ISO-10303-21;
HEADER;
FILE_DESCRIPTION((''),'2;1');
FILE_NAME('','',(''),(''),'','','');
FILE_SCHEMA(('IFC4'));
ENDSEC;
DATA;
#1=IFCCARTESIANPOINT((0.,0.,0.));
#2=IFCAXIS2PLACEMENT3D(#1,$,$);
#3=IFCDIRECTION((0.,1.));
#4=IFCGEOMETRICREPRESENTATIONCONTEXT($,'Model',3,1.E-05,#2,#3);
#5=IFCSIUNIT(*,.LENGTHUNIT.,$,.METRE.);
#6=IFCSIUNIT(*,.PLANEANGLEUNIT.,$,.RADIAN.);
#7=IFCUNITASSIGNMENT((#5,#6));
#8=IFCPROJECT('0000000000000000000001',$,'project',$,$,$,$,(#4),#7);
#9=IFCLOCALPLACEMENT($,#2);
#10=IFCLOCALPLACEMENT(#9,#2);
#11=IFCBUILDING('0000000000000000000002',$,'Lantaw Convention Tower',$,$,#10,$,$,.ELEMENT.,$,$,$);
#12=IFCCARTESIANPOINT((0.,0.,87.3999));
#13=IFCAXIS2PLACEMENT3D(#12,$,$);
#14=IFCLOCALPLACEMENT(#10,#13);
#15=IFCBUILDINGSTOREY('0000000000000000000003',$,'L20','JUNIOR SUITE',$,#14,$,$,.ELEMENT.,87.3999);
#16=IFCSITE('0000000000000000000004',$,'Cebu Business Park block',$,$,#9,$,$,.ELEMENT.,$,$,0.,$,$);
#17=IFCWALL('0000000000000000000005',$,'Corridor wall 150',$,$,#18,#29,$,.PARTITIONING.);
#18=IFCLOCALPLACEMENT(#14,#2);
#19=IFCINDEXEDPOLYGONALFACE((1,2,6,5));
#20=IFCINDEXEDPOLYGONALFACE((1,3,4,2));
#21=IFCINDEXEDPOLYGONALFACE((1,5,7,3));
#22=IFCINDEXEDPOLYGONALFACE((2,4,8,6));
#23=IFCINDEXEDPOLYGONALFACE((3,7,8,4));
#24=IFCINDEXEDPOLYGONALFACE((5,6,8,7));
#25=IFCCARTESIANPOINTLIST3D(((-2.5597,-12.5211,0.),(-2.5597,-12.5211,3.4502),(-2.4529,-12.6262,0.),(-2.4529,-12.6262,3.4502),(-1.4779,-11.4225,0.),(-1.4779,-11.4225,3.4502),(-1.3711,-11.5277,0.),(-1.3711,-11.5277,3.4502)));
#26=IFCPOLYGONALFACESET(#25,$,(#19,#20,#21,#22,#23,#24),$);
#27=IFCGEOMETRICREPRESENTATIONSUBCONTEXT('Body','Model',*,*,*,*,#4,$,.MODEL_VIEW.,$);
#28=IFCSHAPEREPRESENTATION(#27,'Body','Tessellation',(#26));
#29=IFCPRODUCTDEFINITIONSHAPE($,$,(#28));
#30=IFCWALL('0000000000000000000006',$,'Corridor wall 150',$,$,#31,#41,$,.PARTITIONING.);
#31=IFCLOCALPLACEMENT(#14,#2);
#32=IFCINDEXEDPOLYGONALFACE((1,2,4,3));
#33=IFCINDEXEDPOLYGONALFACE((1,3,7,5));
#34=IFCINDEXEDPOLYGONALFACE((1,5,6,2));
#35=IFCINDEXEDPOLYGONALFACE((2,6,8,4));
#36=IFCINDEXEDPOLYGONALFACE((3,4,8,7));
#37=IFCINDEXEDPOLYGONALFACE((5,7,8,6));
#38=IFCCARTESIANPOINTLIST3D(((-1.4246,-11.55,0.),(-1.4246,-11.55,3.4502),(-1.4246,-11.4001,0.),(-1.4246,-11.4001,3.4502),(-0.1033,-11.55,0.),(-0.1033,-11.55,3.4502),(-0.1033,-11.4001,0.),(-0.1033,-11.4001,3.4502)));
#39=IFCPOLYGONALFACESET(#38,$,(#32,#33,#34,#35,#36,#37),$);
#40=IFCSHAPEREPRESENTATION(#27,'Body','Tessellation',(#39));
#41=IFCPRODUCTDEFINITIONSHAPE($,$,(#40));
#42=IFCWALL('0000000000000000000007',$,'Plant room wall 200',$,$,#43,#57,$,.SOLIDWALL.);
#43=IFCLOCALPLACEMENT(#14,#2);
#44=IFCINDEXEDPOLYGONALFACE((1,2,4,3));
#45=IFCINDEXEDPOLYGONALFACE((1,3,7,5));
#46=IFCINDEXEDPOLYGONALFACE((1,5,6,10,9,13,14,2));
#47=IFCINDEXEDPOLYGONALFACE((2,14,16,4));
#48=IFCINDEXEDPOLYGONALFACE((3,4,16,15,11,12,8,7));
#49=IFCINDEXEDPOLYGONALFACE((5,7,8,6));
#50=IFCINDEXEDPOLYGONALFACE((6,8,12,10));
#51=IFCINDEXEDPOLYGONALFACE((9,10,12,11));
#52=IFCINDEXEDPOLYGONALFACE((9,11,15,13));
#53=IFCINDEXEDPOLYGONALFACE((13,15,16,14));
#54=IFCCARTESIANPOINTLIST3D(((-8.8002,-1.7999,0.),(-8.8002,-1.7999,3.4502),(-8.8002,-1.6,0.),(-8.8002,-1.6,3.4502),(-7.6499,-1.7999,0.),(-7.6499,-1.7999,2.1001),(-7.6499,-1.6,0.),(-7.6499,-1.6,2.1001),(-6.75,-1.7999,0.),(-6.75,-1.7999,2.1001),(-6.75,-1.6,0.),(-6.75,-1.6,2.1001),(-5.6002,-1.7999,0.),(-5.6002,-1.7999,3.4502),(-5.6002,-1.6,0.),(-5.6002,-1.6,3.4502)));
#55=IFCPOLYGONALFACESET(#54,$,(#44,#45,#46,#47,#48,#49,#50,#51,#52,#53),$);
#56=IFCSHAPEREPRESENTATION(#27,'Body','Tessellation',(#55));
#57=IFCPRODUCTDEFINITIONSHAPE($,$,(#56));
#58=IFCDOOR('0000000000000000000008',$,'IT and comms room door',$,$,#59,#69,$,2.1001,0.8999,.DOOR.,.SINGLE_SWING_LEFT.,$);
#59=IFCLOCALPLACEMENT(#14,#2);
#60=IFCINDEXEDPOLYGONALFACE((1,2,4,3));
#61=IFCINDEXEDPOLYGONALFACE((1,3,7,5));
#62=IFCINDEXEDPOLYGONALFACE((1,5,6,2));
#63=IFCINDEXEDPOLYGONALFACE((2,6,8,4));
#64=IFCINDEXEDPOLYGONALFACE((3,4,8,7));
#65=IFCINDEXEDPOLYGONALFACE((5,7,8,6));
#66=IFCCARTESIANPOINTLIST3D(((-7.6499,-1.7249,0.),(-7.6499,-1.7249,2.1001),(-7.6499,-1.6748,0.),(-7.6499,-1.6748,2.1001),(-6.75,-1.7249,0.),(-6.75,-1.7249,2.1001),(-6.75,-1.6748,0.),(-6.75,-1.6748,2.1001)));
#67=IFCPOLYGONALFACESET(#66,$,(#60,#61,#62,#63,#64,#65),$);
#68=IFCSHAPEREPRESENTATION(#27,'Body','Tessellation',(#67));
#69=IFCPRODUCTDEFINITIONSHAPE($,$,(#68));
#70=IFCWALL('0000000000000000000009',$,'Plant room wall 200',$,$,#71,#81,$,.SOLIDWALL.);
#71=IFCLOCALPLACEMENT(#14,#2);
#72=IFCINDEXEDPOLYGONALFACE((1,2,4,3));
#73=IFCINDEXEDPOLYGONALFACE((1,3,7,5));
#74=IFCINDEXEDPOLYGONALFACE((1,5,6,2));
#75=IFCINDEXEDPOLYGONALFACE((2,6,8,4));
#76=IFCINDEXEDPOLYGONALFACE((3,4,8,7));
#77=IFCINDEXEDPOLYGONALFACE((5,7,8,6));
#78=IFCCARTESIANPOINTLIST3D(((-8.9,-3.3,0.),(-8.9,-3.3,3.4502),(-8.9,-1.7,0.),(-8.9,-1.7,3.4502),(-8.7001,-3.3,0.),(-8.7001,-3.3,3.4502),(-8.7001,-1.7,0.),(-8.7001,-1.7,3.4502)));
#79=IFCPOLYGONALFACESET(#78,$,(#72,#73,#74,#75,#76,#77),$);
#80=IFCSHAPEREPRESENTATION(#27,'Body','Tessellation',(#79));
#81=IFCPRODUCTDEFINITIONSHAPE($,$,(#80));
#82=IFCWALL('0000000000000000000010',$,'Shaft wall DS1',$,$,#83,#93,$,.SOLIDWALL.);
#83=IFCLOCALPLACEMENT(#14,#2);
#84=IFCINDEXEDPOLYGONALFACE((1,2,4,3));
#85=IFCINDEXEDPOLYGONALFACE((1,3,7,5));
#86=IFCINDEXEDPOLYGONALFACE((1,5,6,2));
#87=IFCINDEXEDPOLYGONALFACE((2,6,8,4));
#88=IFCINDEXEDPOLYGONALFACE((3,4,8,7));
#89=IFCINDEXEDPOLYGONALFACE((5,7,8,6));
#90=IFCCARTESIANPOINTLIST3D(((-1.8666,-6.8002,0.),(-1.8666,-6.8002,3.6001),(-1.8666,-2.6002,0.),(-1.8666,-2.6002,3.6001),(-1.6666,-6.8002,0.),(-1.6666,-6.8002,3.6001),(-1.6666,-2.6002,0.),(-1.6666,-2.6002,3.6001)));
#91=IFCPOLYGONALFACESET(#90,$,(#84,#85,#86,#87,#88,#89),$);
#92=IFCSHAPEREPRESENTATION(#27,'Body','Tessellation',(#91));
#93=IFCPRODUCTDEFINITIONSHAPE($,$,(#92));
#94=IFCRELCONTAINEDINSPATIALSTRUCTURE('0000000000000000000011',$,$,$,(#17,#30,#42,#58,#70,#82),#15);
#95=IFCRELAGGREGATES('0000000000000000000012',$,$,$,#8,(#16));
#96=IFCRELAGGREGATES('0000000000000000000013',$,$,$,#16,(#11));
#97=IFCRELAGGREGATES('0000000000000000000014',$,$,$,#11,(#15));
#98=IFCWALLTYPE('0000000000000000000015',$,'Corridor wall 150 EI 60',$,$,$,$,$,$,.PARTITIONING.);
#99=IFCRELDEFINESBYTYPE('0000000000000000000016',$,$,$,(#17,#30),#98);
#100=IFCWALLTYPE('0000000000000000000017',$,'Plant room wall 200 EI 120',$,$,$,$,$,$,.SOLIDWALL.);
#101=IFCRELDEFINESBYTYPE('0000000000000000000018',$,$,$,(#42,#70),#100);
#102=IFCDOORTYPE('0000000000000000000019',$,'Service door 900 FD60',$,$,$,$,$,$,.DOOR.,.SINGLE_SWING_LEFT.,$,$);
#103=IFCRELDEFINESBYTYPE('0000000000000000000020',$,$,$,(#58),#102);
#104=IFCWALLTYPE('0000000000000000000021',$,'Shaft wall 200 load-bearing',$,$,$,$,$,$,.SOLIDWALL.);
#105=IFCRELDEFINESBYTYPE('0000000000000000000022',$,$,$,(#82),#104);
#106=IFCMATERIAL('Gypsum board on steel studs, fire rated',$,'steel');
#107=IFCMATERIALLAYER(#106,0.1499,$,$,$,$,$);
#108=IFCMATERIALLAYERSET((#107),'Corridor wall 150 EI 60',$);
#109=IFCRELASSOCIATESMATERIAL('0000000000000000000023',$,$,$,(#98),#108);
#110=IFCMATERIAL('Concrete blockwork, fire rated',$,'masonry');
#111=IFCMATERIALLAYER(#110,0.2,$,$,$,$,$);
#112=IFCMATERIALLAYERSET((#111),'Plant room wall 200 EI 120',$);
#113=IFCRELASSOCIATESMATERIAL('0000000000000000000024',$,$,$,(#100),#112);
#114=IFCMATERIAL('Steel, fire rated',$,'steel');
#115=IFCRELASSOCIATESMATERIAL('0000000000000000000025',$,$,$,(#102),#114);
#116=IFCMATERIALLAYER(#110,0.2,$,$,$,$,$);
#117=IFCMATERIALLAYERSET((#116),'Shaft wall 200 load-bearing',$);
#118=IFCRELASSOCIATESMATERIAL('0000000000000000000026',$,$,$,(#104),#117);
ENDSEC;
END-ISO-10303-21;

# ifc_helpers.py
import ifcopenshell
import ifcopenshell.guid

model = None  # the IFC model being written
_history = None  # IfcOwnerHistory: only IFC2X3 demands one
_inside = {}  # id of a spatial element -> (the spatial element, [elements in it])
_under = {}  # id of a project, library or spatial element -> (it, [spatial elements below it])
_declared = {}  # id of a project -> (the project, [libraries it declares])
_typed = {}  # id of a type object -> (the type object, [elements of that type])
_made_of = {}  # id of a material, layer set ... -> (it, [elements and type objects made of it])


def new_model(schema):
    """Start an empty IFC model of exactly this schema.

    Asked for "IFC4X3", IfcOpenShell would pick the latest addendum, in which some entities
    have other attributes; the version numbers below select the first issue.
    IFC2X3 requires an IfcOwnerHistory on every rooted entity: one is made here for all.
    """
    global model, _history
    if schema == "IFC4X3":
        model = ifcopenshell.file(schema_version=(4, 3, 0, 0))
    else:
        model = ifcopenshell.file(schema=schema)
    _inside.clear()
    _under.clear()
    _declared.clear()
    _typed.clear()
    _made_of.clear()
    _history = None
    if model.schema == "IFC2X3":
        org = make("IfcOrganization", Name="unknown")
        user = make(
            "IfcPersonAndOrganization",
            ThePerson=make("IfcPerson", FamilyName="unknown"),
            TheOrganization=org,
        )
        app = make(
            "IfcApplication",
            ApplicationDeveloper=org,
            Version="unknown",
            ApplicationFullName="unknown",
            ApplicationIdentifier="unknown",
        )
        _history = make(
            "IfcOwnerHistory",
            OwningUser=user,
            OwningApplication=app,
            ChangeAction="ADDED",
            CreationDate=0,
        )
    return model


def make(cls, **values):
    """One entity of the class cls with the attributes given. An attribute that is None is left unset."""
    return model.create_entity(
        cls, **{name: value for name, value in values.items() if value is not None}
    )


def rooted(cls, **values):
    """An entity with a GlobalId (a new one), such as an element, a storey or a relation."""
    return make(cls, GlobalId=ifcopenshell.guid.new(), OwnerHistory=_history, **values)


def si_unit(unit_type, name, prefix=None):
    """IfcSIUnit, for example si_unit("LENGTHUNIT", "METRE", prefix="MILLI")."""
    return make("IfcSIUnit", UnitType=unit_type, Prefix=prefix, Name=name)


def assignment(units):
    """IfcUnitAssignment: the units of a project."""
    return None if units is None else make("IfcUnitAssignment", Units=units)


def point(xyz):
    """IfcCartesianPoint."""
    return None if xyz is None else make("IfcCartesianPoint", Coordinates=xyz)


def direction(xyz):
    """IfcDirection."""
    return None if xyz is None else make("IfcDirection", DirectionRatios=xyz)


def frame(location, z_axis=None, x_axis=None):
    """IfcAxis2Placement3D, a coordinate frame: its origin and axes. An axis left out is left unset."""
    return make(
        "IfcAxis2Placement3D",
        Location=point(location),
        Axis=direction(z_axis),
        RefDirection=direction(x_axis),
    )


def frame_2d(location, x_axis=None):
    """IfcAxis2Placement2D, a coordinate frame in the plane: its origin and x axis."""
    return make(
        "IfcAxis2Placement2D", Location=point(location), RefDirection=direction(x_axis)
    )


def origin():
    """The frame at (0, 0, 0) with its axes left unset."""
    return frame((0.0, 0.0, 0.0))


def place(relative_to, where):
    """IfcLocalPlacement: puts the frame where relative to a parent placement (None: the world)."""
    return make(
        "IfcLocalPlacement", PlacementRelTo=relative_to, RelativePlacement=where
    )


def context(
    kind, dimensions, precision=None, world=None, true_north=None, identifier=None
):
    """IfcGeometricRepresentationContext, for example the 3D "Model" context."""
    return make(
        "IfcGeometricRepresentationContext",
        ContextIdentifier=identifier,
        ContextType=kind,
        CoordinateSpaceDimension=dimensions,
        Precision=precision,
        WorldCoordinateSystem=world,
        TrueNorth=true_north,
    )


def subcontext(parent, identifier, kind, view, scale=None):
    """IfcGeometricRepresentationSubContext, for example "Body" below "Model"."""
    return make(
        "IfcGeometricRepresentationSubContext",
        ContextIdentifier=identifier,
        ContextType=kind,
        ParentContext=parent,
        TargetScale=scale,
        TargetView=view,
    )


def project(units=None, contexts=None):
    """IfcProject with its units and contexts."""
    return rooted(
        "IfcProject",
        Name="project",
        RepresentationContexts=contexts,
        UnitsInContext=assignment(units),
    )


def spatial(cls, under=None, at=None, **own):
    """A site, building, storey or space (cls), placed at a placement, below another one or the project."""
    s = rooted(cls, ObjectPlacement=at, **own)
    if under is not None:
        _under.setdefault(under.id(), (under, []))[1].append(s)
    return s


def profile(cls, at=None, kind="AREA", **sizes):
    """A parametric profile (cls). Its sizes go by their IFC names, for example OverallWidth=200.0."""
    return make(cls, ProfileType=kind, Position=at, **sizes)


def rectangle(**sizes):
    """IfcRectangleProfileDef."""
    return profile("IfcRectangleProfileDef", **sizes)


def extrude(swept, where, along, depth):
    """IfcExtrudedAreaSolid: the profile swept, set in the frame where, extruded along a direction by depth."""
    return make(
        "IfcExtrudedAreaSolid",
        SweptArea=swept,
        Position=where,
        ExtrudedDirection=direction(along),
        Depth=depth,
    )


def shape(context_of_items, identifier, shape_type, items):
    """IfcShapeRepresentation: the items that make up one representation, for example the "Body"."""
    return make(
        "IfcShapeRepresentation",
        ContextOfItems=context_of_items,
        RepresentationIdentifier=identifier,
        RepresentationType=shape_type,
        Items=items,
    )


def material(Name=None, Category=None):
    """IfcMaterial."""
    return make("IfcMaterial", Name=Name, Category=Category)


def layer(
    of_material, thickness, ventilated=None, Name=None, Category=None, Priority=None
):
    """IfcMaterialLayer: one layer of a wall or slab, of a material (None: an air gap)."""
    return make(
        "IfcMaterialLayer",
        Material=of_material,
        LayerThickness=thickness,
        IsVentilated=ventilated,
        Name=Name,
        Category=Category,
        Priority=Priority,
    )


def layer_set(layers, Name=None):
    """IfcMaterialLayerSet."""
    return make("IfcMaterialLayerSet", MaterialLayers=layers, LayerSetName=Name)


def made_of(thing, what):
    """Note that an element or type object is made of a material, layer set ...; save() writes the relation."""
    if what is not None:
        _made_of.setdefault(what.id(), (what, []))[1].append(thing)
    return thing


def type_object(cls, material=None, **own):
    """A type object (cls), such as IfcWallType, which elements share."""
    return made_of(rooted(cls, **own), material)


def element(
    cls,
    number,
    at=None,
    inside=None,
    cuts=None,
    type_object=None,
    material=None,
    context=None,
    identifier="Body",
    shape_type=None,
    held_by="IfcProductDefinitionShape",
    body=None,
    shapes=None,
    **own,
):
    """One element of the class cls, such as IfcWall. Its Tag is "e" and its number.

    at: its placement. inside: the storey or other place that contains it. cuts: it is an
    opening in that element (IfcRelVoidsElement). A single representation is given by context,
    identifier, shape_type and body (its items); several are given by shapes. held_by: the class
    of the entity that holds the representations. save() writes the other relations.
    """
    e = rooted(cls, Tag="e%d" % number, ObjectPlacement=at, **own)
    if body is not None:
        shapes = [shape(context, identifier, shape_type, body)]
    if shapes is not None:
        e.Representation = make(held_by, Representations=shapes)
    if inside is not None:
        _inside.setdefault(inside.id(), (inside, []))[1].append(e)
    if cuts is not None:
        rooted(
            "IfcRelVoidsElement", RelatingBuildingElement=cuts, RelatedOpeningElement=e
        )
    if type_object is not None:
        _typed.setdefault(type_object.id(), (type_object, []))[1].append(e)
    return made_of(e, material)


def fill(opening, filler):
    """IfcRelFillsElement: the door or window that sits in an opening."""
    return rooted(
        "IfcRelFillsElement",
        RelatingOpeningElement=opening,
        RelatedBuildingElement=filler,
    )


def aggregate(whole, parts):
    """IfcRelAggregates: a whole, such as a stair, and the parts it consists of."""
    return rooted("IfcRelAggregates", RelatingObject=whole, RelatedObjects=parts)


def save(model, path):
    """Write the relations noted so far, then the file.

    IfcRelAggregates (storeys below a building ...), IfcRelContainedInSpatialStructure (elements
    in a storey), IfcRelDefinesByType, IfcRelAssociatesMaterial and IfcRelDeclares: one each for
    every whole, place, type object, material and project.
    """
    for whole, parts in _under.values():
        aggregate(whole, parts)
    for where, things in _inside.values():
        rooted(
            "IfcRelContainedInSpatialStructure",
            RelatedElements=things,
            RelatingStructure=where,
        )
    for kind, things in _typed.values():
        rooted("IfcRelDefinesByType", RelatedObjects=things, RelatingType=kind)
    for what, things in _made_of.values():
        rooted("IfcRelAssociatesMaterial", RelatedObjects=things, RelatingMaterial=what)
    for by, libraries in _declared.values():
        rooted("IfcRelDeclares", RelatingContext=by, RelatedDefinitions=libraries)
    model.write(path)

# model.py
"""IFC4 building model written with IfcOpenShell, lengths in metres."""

from ifc_helpers import new_model, si_unit, direction, frame, frame_2d, origin, place, context, subcontext, project, spatial, rectangle, extrude, material, layer, layer_set, type_object, element, fill, save


model = new_model("IFC4")

# Units and contexts
model_context = context("Model", 3, precision=1e-05, world=origin(), true_north=direction((0.0, 1.0)))
body_context = subcontext(model_context, "Body", "Model", "MODEL_VIEW")
ifc_project = project(units=[si_unit("LENGTHUNIT", "METRE"), si_unit("PLANEANGLEUNIT", "RADIAN")], contexts=[model_context])

# Site, building, storey
site_placement = place(None, origin())
site = spatial("IfcSite", under=ifc_project, at=site_placement, Name="Cebu Business Park block", CompositionType="ELEMENT", RefElevation=0.0)
building_placement = place(site_placement, origin())
building = spatial("IfcBuilding", under=site, at=building_placement, Name="Lantaw Convention Tower", CompositionType="ELEMENT")
storey_placement = place(building_placement, frame((0.0, 0.0, 87.3999)))
storey = spatial("IfcBuildingStorey", under=building, at=storey_placement, Name="L20", Description="JUNIOR SUITE", CompositionType="ELEMENT", Elevation=87.3999)

# Shared definitions
ifc_material_1 = material(Name="Steel, fire rated", Category="steel")

# Shared definitions
ifc_material_2 = material(Name="Gypsum board on steel studs, fire rated", Category="steel")
ifc_layer_1 = layer(ifc_material_2, 0.1499)
ifc_layer_set_1 = layer_set([ifc_layer_1], Name="Corridor wall 150 EI 60")
wall_type_1 = type_object("IfcWallType", Name="Corridor wall 150 EI 60", PredefinedType="PARTITIONING", material=ifc_layer_set_1)

# Walls
wall_1_placement = place(storey_placement, frame((-2.5063, -12.5737, 0.0), z_axis=(0.0, 0.0, 1.0), x_axis=(0.701623, 0.712549, 0.0)))
element("IfcWall", 1, at=wall_1_placement, inside=storey, type_object=wall_type_1, Name="Corridor wall 150", PredefinedType="PARTITIONING", context=body_context, shape_type="SweptSolid", body=[
    extrude(rectangle(XDim=1.5417, YDim=0.1499, at=frame_2d((0.771, 0.0))), origin(), (0.0, 0.0, 1.0), 3.4502),
])
wall_2_placement = place(storey_placement, frame((-1.4246, -11.4751, 0.0), z_axis=(0.0, 0.0, 1.0), x_axis=(1.0, 0.0, 0.0)))
element("IfcWall", 2, at=wall_2_placement, inside=storey, type_object=wall_type_1, Name="Corridor wall 150", PredefinedType="PARTITIONING", context=body_context, shape_type="SweptSolid", body=[
    extrude(rectangle(XDim=1.3213, YDim=0.1499, at=frame_2d((0.6606, 0.0))), origin(), (0.0, 0.0, 1.0), 3.4502),
])

# Wall, opening, door
ifc_material_3 = material(Name="Concrete blockwork, fire rated", Category="masonry")
ifc_layer_2 = layer(ifc_material_3, 0.2)
ifc_layer_set_2 = layer_set([ifc_layer_2], Name="Plant room wall 200 EI 120")
wall_type_2 = type_object("IfcWallType", Name="Plant room wall 200 EI 120", PredefinedType="SOLIDWALL", material=ifc_layer_set_2)
wall_3_placement = place(storey_placement, frame((-5.6001, -1.7, 0.0), z_axis=(0.0, 0.0, 1.0), x_axis=(-1.0, 0.0, 0.0)))
wall_3 = element("IfcWall", 3, at=wall_3_placement, inside=storey, type_object=wall_type_2, Name="Plant room wall 200", PredefinedType="SOLIDWALL", context=body_context, shape_type="SweptSolid", body=[
    extrude(rectangle(XDim=3.2, YDim=0.2, at=frame_2d((1.6001, 0.0))), origin(), (0.0, 0.0, 1.0), 3.4502),
])
opening_1_placement = place(wall_3_placement, frame((1.1499, 0.0, 0.0)))
opening_1 = element("IfcOpeningElement", 4, at=opening_1_placement, cuts=wall_3, PredefinedType="OPENING", context=body_context, shape_type="SweptSolid", body=[
    extrude(rectangle(XDim=0.8999, YDim=2.1001, at=frame_2d((0.45, 1.05))), frame((0.0, 0.1099, 0.0), z_axis=(0.0, -1.0, 0.0), x_axis=(1.0, 0.0, 0.0)), (0.0, 0.0, 1.0), 0.22),
])
door_type_1 = type_object("IfcDoorType", Name="Service door 900 FD60", OperationType="SINGLE_SWING_LEFT", PredefinedType="DOOR", material=ifc_material_1)
door_1_placement = place(opening_1_placement, origin())
door_1 = element("IfcDoor", 5, at=door_1_placement, inside=storey, type_object=door_type_1, Name="IT and comms room door", OperationType="SINGLE_SWING_LEFT", OverallHeight=2.1001, OverallWidth=0.8999, PredefinedType="DOOR", context=body_context, shape_type="SweptSolid", body=[
    extrude(rectangle(XDim=0.8999, YDim=2.1001, at=frame_2d((0.45, 1.05))), frame((0.0, 0.0249, 0.0), z_axis=(0.0, -1.0, 0.0), x_axis=(1.0, 0.0, 0.0)), (0.0, 0.0, 1.0), 0.05),
])
fill(opening_1, door_1)

# Walls
wall_4_placement = place(storey_placement, frame((-8.8, -1.7, 0.0), z_axis=(0.0, 0.0, 1.0), x_axis=(0.0, -1.0, 0.0)))
element("IfcWall", 6, at=wall_4_placement, inside=storey, type_object=wall_type_2, Name="Plant room wall 200", PredefinedType="SOLIDWALL", context=body_context, shape_type="SweptSolid", body=[
    extrude(rectangle(XDim=1.6001, YDim=0.2, at=frame_2d((0.8, 0.0))), origin(), (0.0, 0.0, 1.0), 3.4502),
])
ifc_layer_3 = layer(ifc_material_3, 0.2)
ifc_layer_set_3 = layer_set([ifc_layer_3], Name="Shaft wall 200 load-bearing")
wall_type_3 = type_object("IfcWallType", Name="Shaft wall 200 load-bearing", PredefinedType="SOLIDWALL", material=ifc_layer_set_3)
wall_5_placement = place(storey_placement, frame((-1.7666, -2.6001, 0.0), z_axis=(0.0, 0.0, 1.0), x_axis=(0.0, -1.0, 0.0)))
element("IfcWall", 7, at=wall_5_placement, inside=storey, type_object=wall_type_3, Name="Shaft wall DS1", PredefinedType="SOLIDWALL", context=body_context, shape_type="SweptSolid", body=[
    extrude(rectangle(XDim=4.2, YDim=0.2, at=frame_2d((2.1001, 0.0))), origin(), (0.0, 0.0, 1.0), 3.6001),
])

save(model, "model.ifc")
